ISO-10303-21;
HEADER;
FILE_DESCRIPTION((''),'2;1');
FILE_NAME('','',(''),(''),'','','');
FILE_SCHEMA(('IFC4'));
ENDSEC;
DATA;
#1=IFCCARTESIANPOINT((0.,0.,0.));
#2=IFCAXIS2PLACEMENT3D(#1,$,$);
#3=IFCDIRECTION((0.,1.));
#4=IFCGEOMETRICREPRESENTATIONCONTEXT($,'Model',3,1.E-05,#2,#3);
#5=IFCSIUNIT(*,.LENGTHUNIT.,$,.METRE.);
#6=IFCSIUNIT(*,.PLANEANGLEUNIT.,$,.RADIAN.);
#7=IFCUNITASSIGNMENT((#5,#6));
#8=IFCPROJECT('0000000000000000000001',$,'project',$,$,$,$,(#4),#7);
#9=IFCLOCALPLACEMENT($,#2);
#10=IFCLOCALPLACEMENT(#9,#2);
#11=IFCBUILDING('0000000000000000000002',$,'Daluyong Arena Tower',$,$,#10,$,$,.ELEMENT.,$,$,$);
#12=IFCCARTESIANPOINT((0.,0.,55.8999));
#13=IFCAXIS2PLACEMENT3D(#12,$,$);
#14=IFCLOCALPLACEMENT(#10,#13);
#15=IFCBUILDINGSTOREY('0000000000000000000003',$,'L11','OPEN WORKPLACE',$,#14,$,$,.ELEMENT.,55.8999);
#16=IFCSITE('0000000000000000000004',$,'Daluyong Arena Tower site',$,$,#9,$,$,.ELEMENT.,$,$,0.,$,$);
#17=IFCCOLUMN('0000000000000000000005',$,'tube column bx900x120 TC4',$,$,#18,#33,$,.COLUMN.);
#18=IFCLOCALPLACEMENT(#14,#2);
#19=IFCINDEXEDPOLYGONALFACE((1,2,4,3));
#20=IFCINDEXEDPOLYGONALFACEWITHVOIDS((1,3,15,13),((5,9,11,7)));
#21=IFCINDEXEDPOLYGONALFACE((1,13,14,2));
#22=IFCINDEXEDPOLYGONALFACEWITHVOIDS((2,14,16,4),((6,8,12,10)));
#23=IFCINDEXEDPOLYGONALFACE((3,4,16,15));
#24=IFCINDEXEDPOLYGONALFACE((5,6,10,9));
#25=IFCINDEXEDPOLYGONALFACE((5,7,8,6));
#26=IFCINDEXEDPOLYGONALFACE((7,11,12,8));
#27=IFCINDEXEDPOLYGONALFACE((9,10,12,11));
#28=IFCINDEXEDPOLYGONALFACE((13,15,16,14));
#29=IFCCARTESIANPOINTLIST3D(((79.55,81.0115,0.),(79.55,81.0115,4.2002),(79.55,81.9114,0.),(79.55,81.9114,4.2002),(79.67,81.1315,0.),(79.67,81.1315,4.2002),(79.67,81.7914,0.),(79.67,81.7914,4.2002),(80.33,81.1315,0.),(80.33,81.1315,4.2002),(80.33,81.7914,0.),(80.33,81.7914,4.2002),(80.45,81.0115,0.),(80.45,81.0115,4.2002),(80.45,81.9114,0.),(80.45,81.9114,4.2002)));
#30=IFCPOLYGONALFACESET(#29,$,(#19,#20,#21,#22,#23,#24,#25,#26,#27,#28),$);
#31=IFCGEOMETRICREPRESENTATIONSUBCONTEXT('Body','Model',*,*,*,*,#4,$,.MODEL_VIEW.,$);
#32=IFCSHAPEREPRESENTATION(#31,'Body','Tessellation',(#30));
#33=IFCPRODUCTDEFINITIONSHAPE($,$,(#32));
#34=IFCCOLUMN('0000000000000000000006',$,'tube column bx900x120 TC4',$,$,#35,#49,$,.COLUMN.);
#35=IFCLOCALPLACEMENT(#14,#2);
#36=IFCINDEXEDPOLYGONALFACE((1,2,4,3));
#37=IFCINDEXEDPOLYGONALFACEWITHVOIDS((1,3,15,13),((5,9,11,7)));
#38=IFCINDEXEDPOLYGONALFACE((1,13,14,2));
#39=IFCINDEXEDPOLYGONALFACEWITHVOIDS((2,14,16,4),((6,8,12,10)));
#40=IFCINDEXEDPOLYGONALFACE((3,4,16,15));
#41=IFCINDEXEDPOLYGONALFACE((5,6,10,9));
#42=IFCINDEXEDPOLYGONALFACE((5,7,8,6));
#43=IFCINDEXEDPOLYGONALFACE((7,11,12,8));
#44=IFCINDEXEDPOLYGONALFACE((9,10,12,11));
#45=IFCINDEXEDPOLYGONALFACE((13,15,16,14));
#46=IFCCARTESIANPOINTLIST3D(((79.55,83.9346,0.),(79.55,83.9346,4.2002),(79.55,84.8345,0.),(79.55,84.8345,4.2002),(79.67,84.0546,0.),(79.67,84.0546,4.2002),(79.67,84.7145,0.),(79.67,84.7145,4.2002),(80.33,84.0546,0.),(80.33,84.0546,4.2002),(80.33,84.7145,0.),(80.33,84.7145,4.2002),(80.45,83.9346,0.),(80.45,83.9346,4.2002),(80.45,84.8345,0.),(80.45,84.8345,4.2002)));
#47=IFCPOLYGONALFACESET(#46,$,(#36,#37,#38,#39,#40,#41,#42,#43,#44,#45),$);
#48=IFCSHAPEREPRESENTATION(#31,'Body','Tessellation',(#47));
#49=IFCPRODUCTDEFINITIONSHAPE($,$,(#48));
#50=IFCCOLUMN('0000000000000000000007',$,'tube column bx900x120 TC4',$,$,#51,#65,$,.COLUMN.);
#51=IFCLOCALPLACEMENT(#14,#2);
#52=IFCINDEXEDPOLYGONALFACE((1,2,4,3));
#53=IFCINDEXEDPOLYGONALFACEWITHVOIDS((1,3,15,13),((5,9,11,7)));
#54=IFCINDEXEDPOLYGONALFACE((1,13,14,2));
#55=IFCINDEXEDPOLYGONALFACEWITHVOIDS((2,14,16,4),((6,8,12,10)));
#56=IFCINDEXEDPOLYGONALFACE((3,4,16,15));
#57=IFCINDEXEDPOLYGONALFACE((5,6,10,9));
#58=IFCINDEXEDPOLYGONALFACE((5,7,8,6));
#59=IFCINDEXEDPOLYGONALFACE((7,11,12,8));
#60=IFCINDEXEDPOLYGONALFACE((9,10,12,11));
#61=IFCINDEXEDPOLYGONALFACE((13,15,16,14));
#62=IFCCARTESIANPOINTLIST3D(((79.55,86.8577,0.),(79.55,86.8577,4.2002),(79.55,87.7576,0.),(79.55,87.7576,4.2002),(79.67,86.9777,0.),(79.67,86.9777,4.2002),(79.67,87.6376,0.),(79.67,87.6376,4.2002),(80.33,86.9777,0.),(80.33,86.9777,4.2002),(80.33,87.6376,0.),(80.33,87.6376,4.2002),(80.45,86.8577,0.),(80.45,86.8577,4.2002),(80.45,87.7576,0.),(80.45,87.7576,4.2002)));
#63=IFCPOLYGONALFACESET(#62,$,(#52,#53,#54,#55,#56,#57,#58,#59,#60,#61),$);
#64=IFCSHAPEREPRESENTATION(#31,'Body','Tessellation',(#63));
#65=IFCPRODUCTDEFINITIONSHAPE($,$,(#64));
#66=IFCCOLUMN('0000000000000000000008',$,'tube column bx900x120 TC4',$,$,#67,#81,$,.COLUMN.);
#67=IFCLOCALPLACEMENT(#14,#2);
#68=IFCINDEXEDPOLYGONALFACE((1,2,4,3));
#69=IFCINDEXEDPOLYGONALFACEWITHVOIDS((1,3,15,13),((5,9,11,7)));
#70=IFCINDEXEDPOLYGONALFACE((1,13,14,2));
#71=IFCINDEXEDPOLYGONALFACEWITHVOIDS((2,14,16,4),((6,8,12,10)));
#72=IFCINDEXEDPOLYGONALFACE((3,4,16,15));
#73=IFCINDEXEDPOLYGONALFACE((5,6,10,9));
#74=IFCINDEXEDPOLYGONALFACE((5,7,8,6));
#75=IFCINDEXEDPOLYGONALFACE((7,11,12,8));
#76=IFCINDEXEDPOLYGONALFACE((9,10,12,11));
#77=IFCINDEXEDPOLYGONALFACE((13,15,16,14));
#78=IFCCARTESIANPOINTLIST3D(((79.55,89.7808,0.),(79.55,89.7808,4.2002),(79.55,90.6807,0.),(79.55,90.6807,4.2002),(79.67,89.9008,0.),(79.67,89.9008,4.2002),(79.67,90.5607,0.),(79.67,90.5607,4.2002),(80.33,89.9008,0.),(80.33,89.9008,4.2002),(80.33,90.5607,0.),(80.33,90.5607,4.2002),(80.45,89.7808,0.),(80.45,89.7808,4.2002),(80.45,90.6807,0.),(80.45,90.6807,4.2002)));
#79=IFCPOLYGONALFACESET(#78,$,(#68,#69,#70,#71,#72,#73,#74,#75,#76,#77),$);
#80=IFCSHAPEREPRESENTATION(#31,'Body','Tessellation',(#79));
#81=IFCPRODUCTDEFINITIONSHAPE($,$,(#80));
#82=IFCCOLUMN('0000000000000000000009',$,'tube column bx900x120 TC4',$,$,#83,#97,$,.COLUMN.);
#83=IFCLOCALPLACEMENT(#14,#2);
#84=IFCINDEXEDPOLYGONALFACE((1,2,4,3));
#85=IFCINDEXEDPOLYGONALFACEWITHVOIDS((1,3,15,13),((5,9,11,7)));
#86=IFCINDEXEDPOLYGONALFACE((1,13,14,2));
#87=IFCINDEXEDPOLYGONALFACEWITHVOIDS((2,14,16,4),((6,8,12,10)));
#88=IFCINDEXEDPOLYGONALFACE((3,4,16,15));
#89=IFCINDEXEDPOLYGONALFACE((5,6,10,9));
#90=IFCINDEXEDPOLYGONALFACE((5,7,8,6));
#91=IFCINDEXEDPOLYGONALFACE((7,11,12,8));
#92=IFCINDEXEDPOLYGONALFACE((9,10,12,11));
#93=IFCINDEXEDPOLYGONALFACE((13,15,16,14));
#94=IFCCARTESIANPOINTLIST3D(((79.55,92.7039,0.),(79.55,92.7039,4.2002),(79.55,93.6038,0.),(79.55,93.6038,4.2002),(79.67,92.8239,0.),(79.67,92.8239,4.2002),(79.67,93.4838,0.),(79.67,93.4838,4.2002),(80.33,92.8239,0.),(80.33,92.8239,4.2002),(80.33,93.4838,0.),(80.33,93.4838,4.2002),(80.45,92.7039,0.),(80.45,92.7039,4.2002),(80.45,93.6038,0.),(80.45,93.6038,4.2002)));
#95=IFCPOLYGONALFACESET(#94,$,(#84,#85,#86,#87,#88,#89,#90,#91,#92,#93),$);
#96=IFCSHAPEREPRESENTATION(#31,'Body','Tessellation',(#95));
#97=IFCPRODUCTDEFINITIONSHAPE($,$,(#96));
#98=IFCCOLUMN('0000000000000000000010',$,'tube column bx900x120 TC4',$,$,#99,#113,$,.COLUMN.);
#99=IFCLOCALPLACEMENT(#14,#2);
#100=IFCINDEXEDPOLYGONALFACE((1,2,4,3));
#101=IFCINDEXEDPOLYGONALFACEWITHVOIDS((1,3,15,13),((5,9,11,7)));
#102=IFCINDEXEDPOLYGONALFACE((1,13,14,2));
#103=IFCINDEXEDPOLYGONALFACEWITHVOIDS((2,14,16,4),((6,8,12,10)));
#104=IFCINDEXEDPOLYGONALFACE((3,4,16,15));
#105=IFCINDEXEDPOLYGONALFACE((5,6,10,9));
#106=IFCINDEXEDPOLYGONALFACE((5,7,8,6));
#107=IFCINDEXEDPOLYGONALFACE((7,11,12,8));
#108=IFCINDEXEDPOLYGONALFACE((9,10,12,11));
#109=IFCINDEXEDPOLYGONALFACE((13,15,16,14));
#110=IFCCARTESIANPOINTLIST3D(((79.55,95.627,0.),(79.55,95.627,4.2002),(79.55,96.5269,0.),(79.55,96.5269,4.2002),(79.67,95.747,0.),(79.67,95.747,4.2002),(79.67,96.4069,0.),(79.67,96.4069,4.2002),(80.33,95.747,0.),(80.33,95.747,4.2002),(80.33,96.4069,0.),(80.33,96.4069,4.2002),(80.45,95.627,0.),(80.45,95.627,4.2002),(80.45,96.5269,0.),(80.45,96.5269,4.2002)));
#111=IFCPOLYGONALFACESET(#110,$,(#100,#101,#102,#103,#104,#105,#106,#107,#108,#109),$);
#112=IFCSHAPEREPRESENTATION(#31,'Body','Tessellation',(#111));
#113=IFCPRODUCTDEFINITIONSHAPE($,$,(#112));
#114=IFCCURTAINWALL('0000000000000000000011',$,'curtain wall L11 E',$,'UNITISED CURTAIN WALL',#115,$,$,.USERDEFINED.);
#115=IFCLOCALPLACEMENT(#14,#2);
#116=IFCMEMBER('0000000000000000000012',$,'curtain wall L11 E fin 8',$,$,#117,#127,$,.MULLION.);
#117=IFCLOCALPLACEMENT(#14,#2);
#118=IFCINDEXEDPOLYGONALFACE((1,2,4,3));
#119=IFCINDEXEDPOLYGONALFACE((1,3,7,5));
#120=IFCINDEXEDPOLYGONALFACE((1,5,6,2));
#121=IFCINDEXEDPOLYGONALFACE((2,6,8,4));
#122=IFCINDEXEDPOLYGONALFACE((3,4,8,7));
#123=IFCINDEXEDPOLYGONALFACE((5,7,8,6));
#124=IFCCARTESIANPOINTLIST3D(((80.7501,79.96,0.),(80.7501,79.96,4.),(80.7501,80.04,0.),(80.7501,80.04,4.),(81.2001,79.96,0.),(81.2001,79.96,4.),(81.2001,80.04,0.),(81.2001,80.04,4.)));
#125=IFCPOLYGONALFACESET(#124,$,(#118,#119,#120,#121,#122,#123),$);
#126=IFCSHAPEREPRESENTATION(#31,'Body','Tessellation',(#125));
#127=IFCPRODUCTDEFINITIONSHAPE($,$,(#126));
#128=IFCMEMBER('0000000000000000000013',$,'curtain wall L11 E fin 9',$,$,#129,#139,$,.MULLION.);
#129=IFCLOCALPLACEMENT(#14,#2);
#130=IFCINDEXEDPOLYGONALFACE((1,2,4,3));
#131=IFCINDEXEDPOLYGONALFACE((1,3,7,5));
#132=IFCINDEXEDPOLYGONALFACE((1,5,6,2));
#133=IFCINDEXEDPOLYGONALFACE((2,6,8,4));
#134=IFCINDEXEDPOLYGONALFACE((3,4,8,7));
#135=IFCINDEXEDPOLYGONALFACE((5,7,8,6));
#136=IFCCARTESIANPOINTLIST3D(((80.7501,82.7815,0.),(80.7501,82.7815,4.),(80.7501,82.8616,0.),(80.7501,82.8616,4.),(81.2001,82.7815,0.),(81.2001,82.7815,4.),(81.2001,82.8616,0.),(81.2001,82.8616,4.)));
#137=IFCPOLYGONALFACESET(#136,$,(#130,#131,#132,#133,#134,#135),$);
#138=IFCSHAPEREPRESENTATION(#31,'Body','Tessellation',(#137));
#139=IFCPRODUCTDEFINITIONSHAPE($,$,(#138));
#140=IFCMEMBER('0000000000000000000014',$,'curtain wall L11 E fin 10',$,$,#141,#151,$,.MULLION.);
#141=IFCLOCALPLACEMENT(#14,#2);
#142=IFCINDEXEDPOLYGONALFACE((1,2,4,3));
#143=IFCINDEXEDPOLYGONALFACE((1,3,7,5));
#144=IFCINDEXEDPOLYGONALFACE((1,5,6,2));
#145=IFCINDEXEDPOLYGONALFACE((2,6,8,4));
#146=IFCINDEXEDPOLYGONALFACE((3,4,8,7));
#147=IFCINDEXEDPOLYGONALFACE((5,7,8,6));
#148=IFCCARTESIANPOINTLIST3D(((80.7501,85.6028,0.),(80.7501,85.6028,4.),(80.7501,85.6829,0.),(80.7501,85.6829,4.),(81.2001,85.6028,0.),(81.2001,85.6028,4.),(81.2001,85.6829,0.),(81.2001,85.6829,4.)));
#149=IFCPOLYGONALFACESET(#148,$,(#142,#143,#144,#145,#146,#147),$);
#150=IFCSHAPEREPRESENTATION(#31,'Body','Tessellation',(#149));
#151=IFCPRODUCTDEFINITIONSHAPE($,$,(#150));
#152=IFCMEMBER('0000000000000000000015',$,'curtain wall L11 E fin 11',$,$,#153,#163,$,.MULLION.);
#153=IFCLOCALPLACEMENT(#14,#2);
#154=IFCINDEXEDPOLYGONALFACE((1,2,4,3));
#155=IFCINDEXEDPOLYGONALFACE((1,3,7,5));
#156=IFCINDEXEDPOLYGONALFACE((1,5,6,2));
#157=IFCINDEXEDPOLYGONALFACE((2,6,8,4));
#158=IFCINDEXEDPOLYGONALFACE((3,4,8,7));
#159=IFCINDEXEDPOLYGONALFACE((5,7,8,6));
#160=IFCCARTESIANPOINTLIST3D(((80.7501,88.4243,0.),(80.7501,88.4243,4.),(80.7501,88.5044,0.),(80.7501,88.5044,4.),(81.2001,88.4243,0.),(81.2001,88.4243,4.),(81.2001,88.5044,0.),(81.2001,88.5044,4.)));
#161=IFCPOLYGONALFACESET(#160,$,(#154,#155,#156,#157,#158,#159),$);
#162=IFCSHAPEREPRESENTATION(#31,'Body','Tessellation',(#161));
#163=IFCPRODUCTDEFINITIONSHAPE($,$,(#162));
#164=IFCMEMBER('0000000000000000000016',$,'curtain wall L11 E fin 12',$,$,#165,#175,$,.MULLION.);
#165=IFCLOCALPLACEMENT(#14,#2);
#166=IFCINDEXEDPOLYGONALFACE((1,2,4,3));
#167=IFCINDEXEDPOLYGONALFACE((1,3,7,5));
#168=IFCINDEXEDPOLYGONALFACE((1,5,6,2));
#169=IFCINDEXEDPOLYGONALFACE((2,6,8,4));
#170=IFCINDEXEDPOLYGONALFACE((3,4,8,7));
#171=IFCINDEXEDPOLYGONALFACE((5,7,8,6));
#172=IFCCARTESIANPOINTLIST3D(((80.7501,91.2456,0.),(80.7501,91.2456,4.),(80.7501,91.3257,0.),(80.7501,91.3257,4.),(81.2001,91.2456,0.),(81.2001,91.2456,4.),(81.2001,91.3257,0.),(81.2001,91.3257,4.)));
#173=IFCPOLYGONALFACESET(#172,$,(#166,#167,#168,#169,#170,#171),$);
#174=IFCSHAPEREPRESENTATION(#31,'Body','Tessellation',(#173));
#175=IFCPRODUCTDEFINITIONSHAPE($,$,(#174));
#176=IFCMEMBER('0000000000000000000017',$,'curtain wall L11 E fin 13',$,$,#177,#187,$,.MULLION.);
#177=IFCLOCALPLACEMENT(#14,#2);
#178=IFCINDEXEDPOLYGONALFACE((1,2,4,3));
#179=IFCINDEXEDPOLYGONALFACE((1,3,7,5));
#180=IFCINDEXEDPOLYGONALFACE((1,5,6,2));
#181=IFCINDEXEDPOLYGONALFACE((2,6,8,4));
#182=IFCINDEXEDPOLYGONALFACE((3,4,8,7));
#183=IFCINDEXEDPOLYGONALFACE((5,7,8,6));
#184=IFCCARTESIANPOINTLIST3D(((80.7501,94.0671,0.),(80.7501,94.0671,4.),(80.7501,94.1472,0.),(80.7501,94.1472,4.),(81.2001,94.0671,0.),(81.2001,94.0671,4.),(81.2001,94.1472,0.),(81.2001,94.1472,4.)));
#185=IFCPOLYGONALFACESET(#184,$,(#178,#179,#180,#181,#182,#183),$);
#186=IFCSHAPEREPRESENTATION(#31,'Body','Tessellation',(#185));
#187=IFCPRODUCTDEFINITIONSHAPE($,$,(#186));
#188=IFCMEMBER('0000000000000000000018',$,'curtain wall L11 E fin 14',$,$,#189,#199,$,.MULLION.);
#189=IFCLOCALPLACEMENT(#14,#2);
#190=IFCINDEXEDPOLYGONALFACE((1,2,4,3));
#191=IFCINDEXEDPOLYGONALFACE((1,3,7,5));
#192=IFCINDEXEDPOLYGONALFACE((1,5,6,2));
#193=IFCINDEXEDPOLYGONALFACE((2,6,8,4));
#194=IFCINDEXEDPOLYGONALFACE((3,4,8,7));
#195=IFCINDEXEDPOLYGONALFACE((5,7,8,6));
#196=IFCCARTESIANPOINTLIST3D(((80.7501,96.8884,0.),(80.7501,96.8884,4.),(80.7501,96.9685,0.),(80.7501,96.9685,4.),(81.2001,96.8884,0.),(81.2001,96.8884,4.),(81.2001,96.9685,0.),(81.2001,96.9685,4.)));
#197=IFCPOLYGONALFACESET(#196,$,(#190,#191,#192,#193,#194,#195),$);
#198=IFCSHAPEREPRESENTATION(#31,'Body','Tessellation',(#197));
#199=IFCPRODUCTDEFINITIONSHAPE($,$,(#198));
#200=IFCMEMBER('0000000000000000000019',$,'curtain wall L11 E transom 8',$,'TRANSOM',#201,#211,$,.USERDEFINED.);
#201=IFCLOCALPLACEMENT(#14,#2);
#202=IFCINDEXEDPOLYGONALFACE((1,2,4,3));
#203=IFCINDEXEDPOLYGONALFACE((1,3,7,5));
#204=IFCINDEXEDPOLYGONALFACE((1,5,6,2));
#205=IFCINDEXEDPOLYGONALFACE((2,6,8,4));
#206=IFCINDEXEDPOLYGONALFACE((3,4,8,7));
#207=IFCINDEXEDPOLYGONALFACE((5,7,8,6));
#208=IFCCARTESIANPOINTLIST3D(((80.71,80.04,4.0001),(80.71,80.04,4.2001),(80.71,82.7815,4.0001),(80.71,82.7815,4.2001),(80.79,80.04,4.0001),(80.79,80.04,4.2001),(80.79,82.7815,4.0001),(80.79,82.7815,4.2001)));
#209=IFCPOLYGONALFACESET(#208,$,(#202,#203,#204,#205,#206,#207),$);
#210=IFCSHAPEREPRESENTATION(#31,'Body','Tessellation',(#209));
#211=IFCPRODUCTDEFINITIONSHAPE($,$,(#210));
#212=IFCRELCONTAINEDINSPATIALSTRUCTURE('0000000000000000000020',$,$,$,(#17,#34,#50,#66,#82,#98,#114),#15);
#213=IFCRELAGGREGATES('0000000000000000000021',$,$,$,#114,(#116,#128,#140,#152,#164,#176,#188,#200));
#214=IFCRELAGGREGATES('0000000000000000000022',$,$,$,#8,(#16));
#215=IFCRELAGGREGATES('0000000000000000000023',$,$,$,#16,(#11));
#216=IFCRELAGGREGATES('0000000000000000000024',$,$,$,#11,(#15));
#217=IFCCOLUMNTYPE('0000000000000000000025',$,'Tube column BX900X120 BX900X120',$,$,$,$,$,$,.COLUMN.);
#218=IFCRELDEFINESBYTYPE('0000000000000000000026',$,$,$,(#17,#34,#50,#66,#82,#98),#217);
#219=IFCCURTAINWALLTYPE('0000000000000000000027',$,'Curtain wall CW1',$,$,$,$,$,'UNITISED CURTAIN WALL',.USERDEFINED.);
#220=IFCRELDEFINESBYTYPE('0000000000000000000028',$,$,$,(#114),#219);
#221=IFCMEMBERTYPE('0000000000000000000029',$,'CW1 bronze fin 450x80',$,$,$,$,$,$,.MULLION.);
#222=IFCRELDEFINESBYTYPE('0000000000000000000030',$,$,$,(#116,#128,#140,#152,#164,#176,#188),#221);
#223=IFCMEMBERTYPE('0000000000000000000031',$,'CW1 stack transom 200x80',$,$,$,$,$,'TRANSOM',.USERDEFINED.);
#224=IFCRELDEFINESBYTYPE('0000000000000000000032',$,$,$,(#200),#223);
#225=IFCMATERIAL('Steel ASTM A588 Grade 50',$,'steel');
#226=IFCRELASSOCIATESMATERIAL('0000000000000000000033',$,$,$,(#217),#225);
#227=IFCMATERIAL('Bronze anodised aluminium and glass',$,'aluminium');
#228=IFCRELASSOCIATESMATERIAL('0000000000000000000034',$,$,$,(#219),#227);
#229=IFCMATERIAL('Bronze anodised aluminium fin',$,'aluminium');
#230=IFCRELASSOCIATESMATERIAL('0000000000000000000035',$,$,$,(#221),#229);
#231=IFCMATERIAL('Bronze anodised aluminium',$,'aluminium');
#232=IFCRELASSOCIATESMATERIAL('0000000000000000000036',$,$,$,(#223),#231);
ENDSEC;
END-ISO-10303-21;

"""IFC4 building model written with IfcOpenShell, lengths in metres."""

from ifc_helpers import new_model, si_unit, direction, frame, origin, origin_2d, place, context, subcontext, project, spatial, rectangle, hollow_rectangle, extrude, material, material_profile, profile_set, type_object, element, aggregate, save


model = new_model("IFC4")

# Units and contexts
model_context = context("Model", 3, precision=1e-05, world=origin(), true_north=direction((0.0, 1.0)))
body_context = subcontext(model_context, "Body", "Model", "MODEL_VIEW")
ifc_project = project(units=[si_unit("LENGTHUNIT", "METRE"), si_unit("PLANEANGLEUNIT", "RADIAN")], contexts=[model_context])

# Site, building, storey
site_placement = place(None, origin())
site = spatial("IfcSite", under=ifc_project, at=site_placement, Name="Daluyong Arena Tower site", CompositionType="ELEMENT", RefElevation=0.0)
building_placement = place(site_placement, origin())
building = spatial("IfcBuilding", under=site, at=building_placement, Name="Daluyong Arena Tower", CompositionType="ELEMENT")
storey_placement = place(building_placement, frame((0.0, 0.0, 55.8999)))
storey = spatial("IfcBuildingStorey", under=building, at=storey_placement, Name="L11", Description="OPEN WORKPLACE", CompositionType="ELEMENT", Elevation=55.8999)

# Columns
ifc_material_1 = material(Name="Steel ASTM A588 Grade 50", Category="steel")
ifc_material_profile_1 = material_profile(ifc_material_1, hollow_rectangle(XDim=0.8999, YDim=0.8999, WallThickness=0.12, at=origin_2d()))
ifc_profile_set_1 = profile_set([ifc_material_profile_1], Name="Steel ASTM A588 Grade 50")
column_type = type_object("IfcColumnType", Name="Tube column BX900X120 BX900X120", PredefinedType="COLUMN", material=ifc_profile_set_1)
for number, where, z_axis, x_axis, name in (
    (1, (80.0, 81.4614, 0.0), (0.0, 0.0, 1.0), (0.0, 1.0, 0.0), "tube column bx900x120 TC4"),
    (2, (80.0, 84.3845, 0.0), (0.0, 0.0, 1.0), (0.0, 1.0, 0.0), "tube column bx900x120 TC4"),
    (3, (80.0, 87.3076, 0.0), (0.0, 0.0, 1.0), (0.0, 1.0, 0.0), "tube column bx900x120 TC4"),
    (4, (80.0, 90.2307, 0.0), (0.0, 0.0, 1.0), (0.0, 1.0, 0.0), "tube column bx900x120 TC4"),
    (5, (80.0, 93.1538, 0.0), (0.0, 0.0, 1.0), (0.0, 1.0, 0.0), "tube column bx900x120 TC4"),
    (6, (80.0, 96.0769, 0.0), (0.0, 0.0, 1.0), (0.0, 1.0, 0.0), "tube column bx900x120 TC4"),
):
    element("IfcColumn", number, at=place(storey_placement, frame(where, z_axis=z_axis, x_axis=x_axis)), inside=storey, type_object=column_type, Name=name, PredefinedType="COLUMN", context=body_context, shape_type="SweptSolid", body=[
        extrude(hollow_rectangle(XDim=0.8999, YDim=0.8999, WallThickness=0.12, at=origin_2d()), origin(), (0.0, 0.0, 1.0), 4.2002),
    ])

# Curtain wall, members
ifc_material_2 = material(Name="Bronze anodised aluminium and glass", Category="aluminium")
curtain_wall_type = type_object("IfcCurtainWallType", Name="Curtain wall CW1", ElementType="UNITISED CURTAIN WALL", PredefinedType="USERDEFINED", material=ifc_material_2)
curtain_wall_placement = place(storey_placement, origin())
curtain_wall = element("IfcCurtainWall", 7, at=curtain_wall_placement, inside=storey, type_object=curtain_wall_type, Name="curtain wall L11 E", ObjectType="UNITISED CURTAIN WALL", PredefinedType="USERDEFINED")
ifc_material_3 = material(Name="Bronze anodised aluminium fin", Category="aluminium")
ifc_material_profile_2 = material_profile(ifc_material_3, rectangle(XDim=0.45, YDim=0.0801, at=origin_2d()))
ifc_profile_set_2 = profile_set([ifc_material_profile_2], Name="Bronze anodised aluminium fin")
member_type_1 = type_object("IfcMemberType", Name="CW1 bronze fin 450x80", PredefinedType="MULLION", material=ifc_profile_set_2)
member_1_placement = place(storey_placement, frame((80.9751, 80.0, 0.0), z_axis=(0.0, 0.0, 1.0), x_axis=(-1.0, 0.0, 0.0)))
member_1 = element("IfcMember", 8, at=member_1_placement, type_object=member_type_1, Name="curtain wall L11 E fin 8", PredefinedType="MULLION", context=body_context, shape_type="SweptSolid", body=[
    extrude(rectangle(XDim=0.45, YDim=0.0801, at=origin_2d()), origin(), (0.0, 0.0, 1.0), 4.0),
])
member_2_placement = place(storey_placement, frame((80.9751, 82.8215, 0.0), z_axis=(0.0, 0.0, 1.0), x_axis=(-1.0, 0.0, 0.0)))
member_2 = element("IfcMember", 9, at=member_2_placement, type_object=member_type_1, Name="curtain wall L11 E fin 9", PredefinedType="MULLION", context=body_context, shape_type="SweptSolid", body=[
    extrude(rectangle(XDim=0.45, YDim=0.0801, at=origin_2d()), origin(), (0.0, 0.0, 1.0), 4.0),
])
member_3_placement = place(storey_placement, frame((80.9751, 85.6428, 0.0), z_axis=(0.0, 0.0, 1.0), x_axis=(-1.0, 0.0, 0.0)))
member_3 = element("IfcMember", 10, at=member_3_placement, type_object=member_type_1, Name="curtain wall L11 E fin 10", PredefinedType="MULLION", context=body_context, shape_type="SweptSolid", body=[
    extrude(rectangle(XDim=0.45, YDim=0.0801, at=origin_2d()), origin(), (0.0, 0.0, 1.0), 4.0),
])
member_4_placement = place(storey_placement, frame((80.9751, 88.4644, 0.0), z_axis=(0.0, 0.0, 1.0), x_axis=(-1.0, 0.0, 0.0)))
member_4 = element("IfcMember", 11, at=member_4_placement, type_object=member_type_1, Name="curtain wall L11 E fin 11", PredefinedType="MULLION", context=body_context, shape_type="SweptSolid", body=[
    extrude(rectangle(XDim=0.45, YDim=0.0801, at=origin_2d()), origin(), (0.0, 0.0, 1.0), 4.0),
])
member_5_placement = place(storey_placement, frame((80.9751, 91.2856, 0.0), z_axis=(0.0, 0.0, 1.0), x_axis=(-1.0, 0.0, 0.0)))
member_5 = element("IfcMember", 12, at=member_5_placement, type_object=member_type_1, Name="curtain wall L11 E fin 12", PredefinedType="MULLION", context=body_context, shape_type="SweptSolid", body=[
    extrude(rectangle(XDim=0.45, YDim=0.0801, at=origin_2d()), origin(), (0.0, 0.0, 1.0), 4.0),
])
member_6_placement = place(storey_placement, frame((80.9751, 94.1072, 0.0), z_axis=(0.0, 0.0, 1.0), x_axis=(-1.0, 0.0, 0.0)))
member_6 = element("IfcMember", 13, at=member_6_placement, type_object=member_type_1, Name="curtain wall L11 E fin 13", PredefinedType="MULLION", context=body_context, shape_type="SweptSolid", body=[
    extrude(rectangle(XDim=0.45, YDim=0.0801, at=origin_2d()), origin(), (0.0, 0.0, 1.0), 4.0),
])
member_7_placement = place(storey_placement, frame((80.9751, 96.9285, 0.0), z_axis=(0.0, 0.0, 1.0), x_axis=(-1.0, 0.0, 0.0)))
member_7 = element("IfcMember", 14, at=member_7_placement, type_object=member_type_1, Name="curtain wall L11 E fin 14", PredefinedType="MULLION", context=body_context, shape_type="SweptSolid", body=[
    extrude(rectangle(XDim=0.45, YDim=0.0801, at=origin_2d()), origin(), (0.0, 0.0, 1.0), 4.0),
])
ifc_material_4 = material(Name="Bronze anodised aluminium", Category="aluminium")
ifc_material_profile_3 = material_profile(ifc_material_4, rectangle(XDim=0.0801, YDim=0.2, at=origin_2d()))
ifc_profile_set_3 = profile_set([ifc_material_profile_3], Name="Bronze anodised aluminium")
member_type_2 = type_object("IfcMemberType", Name="CW1 stack transom 200x80", ElementType="TRANSOM", PredefinedType="USERDEFINED", material=ifc_profile_set_3)
member_8_placement = place(storey_placement, frame((80.75, 80.04, 4.1001), z_axis=(0.0, 1.0, 0.0), x_axis=(-1.0, 0.0, 0.0)))
member_8 = element("IfcMember", 15, at=member_8_placement, type_object=member_type_2, Name="curtain wall L11 E transom 8", ObjectType="TRANSOM", PredefinedType="USERDEFINED", context=body_context, shape_type="SweptSolid", body=[
    extrude(rectangle(XDim=0.0801, YDim=0.2, at=origin_2d()), origin(), (0.0, 0.0, 1.0), 2.7415),
])

aggregate(curtain_wall, [member_1, member_2, member_3, member_4, member_5, member_6, member_7, member_8])

save(model, "model.ifc")
